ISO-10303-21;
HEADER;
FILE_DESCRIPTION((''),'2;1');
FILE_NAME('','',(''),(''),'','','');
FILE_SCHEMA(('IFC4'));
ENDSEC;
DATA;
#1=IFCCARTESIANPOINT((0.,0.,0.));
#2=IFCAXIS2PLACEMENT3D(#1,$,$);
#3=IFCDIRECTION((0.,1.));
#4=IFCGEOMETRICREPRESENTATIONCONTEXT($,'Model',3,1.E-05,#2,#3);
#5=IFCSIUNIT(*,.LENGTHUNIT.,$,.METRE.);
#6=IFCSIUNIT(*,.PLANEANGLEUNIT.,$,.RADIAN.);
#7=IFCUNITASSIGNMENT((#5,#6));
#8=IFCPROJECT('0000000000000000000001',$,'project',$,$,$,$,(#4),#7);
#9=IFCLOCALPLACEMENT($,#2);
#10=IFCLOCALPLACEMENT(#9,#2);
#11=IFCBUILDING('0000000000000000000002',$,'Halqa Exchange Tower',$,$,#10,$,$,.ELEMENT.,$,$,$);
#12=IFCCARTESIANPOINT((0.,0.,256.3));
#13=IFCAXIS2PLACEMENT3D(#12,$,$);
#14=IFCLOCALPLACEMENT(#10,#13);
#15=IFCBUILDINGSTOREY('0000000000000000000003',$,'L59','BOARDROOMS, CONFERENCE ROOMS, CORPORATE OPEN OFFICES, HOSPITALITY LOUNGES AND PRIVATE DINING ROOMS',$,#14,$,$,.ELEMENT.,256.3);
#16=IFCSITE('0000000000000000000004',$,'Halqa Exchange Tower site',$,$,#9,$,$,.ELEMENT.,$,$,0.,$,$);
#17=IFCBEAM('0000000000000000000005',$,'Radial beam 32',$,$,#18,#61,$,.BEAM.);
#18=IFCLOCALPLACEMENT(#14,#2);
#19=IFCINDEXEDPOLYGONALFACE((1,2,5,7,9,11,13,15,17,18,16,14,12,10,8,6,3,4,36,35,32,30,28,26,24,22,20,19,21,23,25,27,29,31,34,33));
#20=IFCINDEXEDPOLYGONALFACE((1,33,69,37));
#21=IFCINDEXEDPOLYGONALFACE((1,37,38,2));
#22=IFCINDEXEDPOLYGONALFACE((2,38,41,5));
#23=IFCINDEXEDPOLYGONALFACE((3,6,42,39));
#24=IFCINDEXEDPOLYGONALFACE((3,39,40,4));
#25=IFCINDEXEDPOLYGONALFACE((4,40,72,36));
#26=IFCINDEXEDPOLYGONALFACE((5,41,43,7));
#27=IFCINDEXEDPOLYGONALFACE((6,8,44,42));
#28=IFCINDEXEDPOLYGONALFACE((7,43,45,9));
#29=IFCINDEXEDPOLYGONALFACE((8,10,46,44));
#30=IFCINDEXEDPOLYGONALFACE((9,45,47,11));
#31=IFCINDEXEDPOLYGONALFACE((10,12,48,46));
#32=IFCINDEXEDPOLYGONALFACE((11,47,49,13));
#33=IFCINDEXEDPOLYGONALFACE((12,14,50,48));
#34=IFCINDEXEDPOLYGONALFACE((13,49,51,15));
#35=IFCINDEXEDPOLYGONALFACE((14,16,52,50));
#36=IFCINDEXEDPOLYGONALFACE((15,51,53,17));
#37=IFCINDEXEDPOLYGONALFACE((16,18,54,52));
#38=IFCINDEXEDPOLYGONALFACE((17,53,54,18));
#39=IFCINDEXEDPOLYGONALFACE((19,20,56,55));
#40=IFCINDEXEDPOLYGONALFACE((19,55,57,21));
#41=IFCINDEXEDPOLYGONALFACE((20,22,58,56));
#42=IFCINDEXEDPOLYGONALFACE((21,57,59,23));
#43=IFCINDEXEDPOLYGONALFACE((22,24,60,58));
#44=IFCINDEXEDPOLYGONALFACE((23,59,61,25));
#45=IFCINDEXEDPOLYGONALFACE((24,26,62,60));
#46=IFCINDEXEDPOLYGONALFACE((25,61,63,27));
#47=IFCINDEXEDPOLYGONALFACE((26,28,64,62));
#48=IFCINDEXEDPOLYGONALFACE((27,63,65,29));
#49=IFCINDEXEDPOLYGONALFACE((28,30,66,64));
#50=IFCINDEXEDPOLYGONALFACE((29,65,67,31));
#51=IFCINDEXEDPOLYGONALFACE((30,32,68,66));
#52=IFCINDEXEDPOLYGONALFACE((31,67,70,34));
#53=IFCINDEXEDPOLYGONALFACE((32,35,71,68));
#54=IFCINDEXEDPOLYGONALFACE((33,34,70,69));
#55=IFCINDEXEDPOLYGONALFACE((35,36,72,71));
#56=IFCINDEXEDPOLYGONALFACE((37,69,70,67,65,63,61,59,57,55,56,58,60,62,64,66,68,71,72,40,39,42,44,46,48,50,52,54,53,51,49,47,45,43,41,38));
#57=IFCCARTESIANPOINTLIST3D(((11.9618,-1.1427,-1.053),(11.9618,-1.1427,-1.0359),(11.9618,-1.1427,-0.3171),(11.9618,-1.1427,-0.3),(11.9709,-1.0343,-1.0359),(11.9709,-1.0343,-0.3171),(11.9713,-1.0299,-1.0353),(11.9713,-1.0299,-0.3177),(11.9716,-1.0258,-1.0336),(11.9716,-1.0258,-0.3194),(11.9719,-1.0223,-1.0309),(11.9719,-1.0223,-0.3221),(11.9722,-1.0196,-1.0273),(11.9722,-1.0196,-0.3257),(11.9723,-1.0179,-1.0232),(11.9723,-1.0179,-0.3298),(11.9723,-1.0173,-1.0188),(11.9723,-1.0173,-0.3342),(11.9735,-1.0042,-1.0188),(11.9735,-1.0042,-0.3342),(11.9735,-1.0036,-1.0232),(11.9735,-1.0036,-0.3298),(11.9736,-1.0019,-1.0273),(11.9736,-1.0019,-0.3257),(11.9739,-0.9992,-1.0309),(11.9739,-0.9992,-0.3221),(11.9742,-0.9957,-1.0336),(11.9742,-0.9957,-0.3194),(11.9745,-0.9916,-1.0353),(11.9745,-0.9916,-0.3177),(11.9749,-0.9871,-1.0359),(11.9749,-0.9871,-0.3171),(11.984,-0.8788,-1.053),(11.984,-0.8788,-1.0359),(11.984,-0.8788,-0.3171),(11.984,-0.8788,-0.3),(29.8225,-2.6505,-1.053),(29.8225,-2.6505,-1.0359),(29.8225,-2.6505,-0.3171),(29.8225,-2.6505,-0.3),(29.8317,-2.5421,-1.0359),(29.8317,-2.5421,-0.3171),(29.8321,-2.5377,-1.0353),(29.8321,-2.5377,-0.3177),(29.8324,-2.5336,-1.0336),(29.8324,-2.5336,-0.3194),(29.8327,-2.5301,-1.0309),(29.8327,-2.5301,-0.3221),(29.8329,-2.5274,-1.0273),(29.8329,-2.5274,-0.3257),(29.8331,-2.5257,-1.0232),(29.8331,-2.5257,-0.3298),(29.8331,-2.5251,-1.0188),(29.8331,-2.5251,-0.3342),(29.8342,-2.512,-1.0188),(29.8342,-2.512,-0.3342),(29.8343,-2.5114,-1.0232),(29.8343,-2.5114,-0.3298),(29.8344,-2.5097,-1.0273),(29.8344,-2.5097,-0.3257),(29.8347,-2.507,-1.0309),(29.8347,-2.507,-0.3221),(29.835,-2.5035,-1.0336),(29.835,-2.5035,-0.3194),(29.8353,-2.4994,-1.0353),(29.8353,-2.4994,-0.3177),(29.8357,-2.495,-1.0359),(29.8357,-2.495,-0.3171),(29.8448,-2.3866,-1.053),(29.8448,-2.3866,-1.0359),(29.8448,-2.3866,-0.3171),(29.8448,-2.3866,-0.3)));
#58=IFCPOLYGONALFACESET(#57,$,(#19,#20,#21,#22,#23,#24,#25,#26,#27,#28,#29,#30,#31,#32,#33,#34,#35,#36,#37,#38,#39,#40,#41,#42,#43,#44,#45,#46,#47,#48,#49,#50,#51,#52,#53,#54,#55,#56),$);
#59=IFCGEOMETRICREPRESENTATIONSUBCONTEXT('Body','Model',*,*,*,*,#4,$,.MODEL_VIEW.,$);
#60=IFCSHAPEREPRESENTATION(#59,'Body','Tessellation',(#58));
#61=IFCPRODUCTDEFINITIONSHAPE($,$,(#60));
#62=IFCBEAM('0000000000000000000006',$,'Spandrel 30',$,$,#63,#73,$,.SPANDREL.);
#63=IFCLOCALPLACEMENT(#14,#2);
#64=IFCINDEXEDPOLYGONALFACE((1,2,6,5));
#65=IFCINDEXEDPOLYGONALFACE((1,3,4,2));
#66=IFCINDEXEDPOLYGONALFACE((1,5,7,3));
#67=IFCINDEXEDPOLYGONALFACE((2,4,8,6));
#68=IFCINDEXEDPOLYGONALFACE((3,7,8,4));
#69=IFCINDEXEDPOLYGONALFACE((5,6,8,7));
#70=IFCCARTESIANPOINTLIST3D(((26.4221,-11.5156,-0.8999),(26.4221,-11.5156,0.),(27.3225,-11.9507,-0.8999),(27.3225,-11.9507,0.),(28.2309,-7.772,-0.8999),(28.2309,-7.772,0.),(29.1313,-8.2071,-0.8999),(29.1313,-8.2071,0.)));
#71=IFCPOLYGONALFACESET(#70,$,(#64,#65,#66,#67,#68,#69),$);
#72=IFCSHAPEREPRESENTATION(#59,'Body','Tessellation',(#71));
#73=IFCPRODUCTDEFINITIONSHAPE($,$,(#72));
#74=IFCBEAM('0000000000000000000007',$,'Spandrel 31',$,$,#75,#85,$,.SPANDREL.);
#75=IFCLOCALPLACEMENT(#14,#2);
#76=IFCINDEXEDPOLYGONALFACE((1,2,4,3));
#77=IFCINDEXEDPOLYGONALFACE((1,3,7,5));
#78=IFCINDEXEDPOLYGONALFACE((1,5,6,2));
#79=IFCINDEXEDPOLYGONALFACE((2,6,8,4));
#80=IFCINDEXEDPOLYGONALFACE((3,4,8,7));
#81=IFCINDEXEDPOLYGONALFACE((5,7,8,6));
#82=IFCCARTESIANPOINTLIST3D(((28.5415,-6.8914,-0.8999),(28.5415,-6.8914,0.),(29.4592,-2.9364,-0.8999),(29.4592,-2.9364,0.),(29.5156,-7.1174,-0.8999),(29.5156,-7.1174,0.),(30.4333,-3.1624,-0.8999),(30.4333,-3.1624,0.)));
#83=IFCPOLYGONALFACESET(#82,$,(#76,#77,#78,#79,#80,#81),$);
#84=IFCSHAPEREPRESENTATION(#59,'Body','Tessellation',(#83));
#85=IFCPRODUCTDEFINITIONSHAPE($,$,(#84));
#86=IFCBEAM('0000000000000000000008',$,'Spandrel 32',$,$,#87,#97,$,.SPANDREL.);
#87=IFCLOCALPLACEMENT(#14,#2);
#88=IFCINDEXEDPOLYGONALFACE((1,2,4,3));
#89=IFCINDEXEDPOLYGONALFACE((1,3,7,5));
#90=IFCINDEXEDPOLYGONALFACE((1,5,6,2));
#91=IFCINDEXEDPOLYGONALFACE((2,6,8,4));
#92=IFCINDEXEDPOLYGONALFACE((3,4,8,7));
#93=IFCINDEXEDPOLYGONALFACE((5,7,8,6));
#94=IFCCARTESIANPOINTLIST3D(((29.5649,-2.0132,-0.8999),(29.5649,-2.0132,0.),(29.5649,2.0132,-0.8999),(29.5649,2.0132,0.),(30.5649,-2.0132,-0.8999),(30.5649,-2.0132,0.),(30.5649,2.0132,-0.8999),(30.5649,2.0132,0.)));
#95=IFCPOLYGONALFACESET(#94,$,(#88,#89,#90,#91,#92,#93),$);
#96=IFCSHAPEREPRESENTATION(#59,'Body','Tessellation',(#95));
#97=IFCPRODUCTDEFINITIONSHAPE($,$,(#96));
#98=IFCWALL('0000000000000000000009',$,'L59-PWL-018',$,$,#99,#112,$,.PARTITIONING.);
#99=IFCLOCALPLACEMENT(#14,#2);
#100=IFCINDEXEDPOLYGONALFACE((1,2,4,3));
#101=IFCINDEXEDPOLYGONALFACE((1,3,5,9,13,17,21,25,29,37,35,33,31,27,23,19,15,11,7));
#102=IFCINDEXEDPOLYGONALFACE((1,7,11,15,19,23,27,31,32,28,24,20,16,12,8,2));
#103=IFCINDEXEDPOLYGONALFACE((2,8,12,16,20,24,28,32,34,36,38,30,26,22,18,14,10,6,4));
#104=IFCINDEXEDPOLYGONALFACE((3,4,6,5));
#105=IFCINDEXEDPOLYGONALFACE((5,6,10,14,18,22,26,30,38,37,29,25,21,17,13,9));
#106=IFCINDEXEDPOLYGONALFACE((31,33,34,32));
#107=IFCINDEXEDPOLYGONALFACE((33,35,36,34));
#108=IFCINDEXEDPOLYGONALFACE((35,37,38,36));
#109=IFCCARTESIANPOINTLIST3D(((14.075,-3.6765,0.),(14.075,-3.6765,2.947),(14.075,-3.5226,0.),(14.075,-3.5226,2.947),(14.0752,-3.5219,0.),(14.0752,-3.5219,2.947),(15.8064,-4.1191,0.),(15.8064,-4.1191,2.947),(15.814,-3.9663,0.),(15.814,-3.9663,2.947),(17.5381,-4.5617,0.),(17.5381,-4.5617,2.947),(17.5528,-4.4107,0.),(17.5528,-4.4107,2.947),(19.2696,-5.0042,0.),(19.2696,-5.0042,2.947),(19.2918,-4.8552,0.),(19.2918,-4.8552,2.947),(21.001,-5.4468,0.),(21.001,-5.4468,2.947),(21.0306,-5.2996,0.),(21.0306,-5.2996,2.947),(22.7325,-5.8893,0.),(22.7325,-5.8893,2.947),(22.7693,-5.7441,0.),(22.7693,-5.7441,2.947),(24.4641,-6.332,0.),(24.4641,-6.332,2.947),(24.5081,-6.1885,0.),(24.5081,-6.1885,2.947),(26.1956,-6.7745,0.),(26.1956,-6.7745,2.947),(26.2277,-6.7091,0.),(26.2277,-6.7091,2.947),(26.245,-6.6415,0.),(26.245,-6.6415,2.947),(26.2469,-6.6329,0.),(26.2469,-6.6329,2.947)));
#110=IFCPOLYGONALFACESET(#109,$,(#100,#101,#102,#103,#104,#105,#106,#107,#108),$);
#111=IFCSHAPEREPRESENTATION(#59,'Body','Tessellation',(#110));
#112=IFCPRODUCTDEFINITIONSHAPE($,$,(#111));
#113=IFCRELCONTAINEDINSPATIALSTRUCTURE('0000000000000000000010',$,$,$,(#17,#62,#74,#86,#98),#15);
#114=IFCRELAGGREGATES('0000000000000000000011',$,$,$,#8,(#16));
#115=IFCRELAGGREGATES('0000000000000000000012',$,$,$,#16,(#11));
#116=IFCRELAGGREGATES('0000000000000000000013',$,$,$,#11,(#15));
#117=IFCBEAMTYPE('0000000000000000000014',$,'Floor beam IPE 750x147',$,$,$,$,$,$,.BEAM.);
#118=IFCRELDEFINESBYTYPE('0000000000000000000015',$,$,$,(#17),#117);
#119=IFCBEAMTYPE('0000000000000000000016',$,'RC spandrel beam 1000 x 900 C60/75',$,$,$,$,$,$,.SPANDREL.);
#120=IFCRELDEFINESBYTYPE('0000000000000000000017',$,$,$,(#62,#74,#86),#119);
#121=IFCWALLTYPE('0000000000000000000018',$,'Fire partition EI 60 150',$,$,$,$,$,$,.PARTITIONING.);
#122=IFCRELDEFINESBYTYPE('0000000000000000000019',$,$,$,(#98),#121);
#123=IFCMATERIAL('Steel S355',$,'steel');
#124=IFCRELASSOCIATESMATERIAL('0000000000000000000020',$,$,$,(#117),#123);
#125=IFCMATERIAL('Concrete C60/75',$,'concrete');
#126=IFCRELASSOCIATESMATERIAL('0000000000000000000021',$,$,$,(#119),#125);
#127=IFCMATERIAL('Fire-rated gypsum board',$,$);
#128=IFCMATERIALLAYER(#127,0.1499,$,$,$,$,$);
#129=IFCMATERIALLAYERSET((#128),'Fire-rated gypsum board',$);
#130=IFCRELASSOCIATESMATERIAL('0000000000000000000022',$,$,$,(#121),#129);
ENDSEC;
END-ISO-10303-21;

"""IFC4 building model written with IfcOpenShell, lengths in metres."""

from ifc_helpers import new_model, si_unit, direction, frame, origin, origin_2d, place, context, subcontext, project, spatial, polyline, rectangle, i_section, outline, extrude, material, layer, layer_set, material_profile, profile_set, type_object, element, save


model = new_model("IFC4")

# Units and contexts
model_context = context("Model", 3, precision=1e-05, world=origin(), true_north=direction((0.0, 1.0)))
body_context = subcontext(model_context, "Body", "Model", "MODEL_VIEW")
ifc_project = project(units=[si_unit("LENGTHUNIT", "METRE"), si_unit("PLANEANGLEUNIT", "RADIAN")], contexts=[model_context])

# Site, building, storey
site_placement = place(None, origin())
site = spatial("IfcSite", under=ifc_project, at=site_placement, Name="Halqa Exchange Tower site", CompositionType="ELEMENT", RefElevation=0.0)
building_placement = place(site_placement, origin())
building = spatial("IfcBuilding", under=site, at=building_placement, Name="Halqa Exchange Tower", CompositionType="ELEMENT")
storey_placement = place(building_placement, frame((0.0, 0.0, 256.3)))
storey = spatial("IfcBuildingStorey", under=building, at=storey_placement, Name="L59", Description="BOARDROOMS, CONFERENCE ROOMS, CORPORATE OPEN OFFICES, HOSPITALITY LOUNGES AND PRIVATE DINING ROOMS", CompositionType="ELEMENT", Elevation=256.3)

# Shared definitions
ifc_material_1 = material(Name="Concrete C60/75", Category="concrete")

# Beams
ifc_material_2 = material(Name="Steel S355", Category="steel")
ifc_material_profile_1 = material_profile(ifc_material_2, i_section(OverallWidth=0.2649, OverallDepth=0.7529, WebThickness=0.0132, FlangeThickness=0.0171, FilletRadius=0.0171, at=origin_2d()), Name="IPE 750x147")
ifc_profile_set_1 = profile_set([ifc_material_profile_1], Name="Steel S355")
beam_type_1 = type_object("IfcBeamType", Name="Floor beam IPE 750x147", PredefinedType="BEAM", material=ifc_profile_set_1)
beam_1_placement = place(storey_placement, frame((11.9729, -1.0107, -0.6765), z_axis=(0.996456, -0.084121, 0.0), x_axis=(0.084121, 0.996456, 0.0)))
element("IfcBeam", 1, at=beam_1_placement, inside=storey, type_object=beam_type_1, Name="Radial beam 32", PredefinedType="BEAM", context=body_context, shape_type="SweptSolid", body=[
    extrude(i_section(OverallWidth=0.2649, OverallDepth=0.7529, WebThickness=0.0132, FlangeThickness=0.0171, FilletRadius=0.0171, at=origin_2d()), origin(), (0.0, 0.0, 1.0), 17.9243),
])
ifc_material_profile_2 = material_profile(ifc_material_1, rectangle(XDim=1.0, YDim=0.8999, at=origin_2d()), Name="1000 x 900")
ifc_profile_set_2 = profile_set([ifc_material_profile_2], Name="Concrete C60/75")
beam_type_2 = type_object("IfcBeamType", Name="RC spandrel beam 1000 x 900 C60/75", PredefinedType="SPANDREL", material=ifc_profile_set_2)
beam_2_placement = place(storey_placement, frame((26.8723, -11.7332, -0.45), z_axis=(0.435053, 0.900405, 0.0), x_axis=(-0.900405, 0.435053, 0.0)))
element("IfcBeam", 2, at=beam_2_placement, inside=storey, type_object=beam_type_2, Name="Spandrel 30", PredefinedType="SPANDREL", context=body_context, shape_type="SweptSolid", body=[
    extrude(rectangle(XDim=1.0, YDim=0.8999, at=origin_2d()), origin(), (0.0, 0.0, 1.0), 4.1577),
])
beam_3_placement = place(storey_placement, frame((29.0286, -7.0044, -0.45), z_axis=(0.226032, 0.97412, 0.0), x_axis=(-0.97412, 0.226032, 0.0)))
element("IfcBeam", 3, at=beam_3_placement, inside=storey, type_object=beam_type_2, Name="Spandrel 31", PredefinedType="SPANDREL", context=body_context, shape_type="SweptSolid", body=[
    extrude(rectangle(XDim=1.0, YDim=0.8999, at=origin_2d()), origin(), (0.0, 0.0, 1.0), 4.0601),
])
beam_4_placement = place(storey_placement, frame((30.0649, -2.0132, -0.45), z_axis=(0.0, 1.0, 0.0), x_axis=(-1.0, 0.0, 0.0)))
element("IfcBeam", 4, at=beam_4_placement, inside=storey, type_object=beam_type_2, Name="Spandrel 32", PredefinedType="SPANDREL", context=body_context, shape_type="SweptSolid", body=[
    extrude(rectangle(XDim=1.0, YDim=0.8999, at=origin_2d()), origin(), (0.0, 0.0, 1.0), 4.0264),
])

# Wall
ifc_material_3 = material(Name="Fire-rated gypsum board")
ifc_layer_1 = layer(ifc_material_3, 0.1499)
ifc_layer_set_1 = layer_set([ifc_layer_1], Name="Fire-rated gypsum board")
wall_type_1 = type_object("IfcWallType", Name="Fire partition EI 60 150", PredefinedType="PARTITIONING", material=ifc_layer_set_1)
wall_1_placement = place(storey_placement, frame((14.0566, -3.5945, 0.0), z_axis=(0.0, 0.0, 1.0), x_axis=(0.968853, -0.247635, 0.0)))
element("IfcWall", 5, at=wall_1_placement, inside=storey, type_object=wall_type_1, Name="L59-PWL-018", PredefinedType="PARTITIONING", context=body_context, shape_type="SweptSolid", body=[
    extrude(outline(polyline([(0.0381, -0.075), (1.8252, -0.075), (3.6125, -0.075), (5.3997, -0.075), (7.1868, -0.075), (8.9739, -0.075), (10.7612, -0.075), (12.5483, -0.075), (12.5632, -0.0037), (12.5632, 0.0662), (12.563, 0.075), (10.7683, 0.075), (8.9736, 0.075), (7.179, 0.075), (5.3843, 0.075), (3.5894, 0.075), (1.7947, 0.075), (0.0, 0.075), (0.0, 0.0742), (0.0381, -0.075)])), origin(), (0.0, 0.0, 1.0), 2.947),
])

save(model, "model.ifc")
